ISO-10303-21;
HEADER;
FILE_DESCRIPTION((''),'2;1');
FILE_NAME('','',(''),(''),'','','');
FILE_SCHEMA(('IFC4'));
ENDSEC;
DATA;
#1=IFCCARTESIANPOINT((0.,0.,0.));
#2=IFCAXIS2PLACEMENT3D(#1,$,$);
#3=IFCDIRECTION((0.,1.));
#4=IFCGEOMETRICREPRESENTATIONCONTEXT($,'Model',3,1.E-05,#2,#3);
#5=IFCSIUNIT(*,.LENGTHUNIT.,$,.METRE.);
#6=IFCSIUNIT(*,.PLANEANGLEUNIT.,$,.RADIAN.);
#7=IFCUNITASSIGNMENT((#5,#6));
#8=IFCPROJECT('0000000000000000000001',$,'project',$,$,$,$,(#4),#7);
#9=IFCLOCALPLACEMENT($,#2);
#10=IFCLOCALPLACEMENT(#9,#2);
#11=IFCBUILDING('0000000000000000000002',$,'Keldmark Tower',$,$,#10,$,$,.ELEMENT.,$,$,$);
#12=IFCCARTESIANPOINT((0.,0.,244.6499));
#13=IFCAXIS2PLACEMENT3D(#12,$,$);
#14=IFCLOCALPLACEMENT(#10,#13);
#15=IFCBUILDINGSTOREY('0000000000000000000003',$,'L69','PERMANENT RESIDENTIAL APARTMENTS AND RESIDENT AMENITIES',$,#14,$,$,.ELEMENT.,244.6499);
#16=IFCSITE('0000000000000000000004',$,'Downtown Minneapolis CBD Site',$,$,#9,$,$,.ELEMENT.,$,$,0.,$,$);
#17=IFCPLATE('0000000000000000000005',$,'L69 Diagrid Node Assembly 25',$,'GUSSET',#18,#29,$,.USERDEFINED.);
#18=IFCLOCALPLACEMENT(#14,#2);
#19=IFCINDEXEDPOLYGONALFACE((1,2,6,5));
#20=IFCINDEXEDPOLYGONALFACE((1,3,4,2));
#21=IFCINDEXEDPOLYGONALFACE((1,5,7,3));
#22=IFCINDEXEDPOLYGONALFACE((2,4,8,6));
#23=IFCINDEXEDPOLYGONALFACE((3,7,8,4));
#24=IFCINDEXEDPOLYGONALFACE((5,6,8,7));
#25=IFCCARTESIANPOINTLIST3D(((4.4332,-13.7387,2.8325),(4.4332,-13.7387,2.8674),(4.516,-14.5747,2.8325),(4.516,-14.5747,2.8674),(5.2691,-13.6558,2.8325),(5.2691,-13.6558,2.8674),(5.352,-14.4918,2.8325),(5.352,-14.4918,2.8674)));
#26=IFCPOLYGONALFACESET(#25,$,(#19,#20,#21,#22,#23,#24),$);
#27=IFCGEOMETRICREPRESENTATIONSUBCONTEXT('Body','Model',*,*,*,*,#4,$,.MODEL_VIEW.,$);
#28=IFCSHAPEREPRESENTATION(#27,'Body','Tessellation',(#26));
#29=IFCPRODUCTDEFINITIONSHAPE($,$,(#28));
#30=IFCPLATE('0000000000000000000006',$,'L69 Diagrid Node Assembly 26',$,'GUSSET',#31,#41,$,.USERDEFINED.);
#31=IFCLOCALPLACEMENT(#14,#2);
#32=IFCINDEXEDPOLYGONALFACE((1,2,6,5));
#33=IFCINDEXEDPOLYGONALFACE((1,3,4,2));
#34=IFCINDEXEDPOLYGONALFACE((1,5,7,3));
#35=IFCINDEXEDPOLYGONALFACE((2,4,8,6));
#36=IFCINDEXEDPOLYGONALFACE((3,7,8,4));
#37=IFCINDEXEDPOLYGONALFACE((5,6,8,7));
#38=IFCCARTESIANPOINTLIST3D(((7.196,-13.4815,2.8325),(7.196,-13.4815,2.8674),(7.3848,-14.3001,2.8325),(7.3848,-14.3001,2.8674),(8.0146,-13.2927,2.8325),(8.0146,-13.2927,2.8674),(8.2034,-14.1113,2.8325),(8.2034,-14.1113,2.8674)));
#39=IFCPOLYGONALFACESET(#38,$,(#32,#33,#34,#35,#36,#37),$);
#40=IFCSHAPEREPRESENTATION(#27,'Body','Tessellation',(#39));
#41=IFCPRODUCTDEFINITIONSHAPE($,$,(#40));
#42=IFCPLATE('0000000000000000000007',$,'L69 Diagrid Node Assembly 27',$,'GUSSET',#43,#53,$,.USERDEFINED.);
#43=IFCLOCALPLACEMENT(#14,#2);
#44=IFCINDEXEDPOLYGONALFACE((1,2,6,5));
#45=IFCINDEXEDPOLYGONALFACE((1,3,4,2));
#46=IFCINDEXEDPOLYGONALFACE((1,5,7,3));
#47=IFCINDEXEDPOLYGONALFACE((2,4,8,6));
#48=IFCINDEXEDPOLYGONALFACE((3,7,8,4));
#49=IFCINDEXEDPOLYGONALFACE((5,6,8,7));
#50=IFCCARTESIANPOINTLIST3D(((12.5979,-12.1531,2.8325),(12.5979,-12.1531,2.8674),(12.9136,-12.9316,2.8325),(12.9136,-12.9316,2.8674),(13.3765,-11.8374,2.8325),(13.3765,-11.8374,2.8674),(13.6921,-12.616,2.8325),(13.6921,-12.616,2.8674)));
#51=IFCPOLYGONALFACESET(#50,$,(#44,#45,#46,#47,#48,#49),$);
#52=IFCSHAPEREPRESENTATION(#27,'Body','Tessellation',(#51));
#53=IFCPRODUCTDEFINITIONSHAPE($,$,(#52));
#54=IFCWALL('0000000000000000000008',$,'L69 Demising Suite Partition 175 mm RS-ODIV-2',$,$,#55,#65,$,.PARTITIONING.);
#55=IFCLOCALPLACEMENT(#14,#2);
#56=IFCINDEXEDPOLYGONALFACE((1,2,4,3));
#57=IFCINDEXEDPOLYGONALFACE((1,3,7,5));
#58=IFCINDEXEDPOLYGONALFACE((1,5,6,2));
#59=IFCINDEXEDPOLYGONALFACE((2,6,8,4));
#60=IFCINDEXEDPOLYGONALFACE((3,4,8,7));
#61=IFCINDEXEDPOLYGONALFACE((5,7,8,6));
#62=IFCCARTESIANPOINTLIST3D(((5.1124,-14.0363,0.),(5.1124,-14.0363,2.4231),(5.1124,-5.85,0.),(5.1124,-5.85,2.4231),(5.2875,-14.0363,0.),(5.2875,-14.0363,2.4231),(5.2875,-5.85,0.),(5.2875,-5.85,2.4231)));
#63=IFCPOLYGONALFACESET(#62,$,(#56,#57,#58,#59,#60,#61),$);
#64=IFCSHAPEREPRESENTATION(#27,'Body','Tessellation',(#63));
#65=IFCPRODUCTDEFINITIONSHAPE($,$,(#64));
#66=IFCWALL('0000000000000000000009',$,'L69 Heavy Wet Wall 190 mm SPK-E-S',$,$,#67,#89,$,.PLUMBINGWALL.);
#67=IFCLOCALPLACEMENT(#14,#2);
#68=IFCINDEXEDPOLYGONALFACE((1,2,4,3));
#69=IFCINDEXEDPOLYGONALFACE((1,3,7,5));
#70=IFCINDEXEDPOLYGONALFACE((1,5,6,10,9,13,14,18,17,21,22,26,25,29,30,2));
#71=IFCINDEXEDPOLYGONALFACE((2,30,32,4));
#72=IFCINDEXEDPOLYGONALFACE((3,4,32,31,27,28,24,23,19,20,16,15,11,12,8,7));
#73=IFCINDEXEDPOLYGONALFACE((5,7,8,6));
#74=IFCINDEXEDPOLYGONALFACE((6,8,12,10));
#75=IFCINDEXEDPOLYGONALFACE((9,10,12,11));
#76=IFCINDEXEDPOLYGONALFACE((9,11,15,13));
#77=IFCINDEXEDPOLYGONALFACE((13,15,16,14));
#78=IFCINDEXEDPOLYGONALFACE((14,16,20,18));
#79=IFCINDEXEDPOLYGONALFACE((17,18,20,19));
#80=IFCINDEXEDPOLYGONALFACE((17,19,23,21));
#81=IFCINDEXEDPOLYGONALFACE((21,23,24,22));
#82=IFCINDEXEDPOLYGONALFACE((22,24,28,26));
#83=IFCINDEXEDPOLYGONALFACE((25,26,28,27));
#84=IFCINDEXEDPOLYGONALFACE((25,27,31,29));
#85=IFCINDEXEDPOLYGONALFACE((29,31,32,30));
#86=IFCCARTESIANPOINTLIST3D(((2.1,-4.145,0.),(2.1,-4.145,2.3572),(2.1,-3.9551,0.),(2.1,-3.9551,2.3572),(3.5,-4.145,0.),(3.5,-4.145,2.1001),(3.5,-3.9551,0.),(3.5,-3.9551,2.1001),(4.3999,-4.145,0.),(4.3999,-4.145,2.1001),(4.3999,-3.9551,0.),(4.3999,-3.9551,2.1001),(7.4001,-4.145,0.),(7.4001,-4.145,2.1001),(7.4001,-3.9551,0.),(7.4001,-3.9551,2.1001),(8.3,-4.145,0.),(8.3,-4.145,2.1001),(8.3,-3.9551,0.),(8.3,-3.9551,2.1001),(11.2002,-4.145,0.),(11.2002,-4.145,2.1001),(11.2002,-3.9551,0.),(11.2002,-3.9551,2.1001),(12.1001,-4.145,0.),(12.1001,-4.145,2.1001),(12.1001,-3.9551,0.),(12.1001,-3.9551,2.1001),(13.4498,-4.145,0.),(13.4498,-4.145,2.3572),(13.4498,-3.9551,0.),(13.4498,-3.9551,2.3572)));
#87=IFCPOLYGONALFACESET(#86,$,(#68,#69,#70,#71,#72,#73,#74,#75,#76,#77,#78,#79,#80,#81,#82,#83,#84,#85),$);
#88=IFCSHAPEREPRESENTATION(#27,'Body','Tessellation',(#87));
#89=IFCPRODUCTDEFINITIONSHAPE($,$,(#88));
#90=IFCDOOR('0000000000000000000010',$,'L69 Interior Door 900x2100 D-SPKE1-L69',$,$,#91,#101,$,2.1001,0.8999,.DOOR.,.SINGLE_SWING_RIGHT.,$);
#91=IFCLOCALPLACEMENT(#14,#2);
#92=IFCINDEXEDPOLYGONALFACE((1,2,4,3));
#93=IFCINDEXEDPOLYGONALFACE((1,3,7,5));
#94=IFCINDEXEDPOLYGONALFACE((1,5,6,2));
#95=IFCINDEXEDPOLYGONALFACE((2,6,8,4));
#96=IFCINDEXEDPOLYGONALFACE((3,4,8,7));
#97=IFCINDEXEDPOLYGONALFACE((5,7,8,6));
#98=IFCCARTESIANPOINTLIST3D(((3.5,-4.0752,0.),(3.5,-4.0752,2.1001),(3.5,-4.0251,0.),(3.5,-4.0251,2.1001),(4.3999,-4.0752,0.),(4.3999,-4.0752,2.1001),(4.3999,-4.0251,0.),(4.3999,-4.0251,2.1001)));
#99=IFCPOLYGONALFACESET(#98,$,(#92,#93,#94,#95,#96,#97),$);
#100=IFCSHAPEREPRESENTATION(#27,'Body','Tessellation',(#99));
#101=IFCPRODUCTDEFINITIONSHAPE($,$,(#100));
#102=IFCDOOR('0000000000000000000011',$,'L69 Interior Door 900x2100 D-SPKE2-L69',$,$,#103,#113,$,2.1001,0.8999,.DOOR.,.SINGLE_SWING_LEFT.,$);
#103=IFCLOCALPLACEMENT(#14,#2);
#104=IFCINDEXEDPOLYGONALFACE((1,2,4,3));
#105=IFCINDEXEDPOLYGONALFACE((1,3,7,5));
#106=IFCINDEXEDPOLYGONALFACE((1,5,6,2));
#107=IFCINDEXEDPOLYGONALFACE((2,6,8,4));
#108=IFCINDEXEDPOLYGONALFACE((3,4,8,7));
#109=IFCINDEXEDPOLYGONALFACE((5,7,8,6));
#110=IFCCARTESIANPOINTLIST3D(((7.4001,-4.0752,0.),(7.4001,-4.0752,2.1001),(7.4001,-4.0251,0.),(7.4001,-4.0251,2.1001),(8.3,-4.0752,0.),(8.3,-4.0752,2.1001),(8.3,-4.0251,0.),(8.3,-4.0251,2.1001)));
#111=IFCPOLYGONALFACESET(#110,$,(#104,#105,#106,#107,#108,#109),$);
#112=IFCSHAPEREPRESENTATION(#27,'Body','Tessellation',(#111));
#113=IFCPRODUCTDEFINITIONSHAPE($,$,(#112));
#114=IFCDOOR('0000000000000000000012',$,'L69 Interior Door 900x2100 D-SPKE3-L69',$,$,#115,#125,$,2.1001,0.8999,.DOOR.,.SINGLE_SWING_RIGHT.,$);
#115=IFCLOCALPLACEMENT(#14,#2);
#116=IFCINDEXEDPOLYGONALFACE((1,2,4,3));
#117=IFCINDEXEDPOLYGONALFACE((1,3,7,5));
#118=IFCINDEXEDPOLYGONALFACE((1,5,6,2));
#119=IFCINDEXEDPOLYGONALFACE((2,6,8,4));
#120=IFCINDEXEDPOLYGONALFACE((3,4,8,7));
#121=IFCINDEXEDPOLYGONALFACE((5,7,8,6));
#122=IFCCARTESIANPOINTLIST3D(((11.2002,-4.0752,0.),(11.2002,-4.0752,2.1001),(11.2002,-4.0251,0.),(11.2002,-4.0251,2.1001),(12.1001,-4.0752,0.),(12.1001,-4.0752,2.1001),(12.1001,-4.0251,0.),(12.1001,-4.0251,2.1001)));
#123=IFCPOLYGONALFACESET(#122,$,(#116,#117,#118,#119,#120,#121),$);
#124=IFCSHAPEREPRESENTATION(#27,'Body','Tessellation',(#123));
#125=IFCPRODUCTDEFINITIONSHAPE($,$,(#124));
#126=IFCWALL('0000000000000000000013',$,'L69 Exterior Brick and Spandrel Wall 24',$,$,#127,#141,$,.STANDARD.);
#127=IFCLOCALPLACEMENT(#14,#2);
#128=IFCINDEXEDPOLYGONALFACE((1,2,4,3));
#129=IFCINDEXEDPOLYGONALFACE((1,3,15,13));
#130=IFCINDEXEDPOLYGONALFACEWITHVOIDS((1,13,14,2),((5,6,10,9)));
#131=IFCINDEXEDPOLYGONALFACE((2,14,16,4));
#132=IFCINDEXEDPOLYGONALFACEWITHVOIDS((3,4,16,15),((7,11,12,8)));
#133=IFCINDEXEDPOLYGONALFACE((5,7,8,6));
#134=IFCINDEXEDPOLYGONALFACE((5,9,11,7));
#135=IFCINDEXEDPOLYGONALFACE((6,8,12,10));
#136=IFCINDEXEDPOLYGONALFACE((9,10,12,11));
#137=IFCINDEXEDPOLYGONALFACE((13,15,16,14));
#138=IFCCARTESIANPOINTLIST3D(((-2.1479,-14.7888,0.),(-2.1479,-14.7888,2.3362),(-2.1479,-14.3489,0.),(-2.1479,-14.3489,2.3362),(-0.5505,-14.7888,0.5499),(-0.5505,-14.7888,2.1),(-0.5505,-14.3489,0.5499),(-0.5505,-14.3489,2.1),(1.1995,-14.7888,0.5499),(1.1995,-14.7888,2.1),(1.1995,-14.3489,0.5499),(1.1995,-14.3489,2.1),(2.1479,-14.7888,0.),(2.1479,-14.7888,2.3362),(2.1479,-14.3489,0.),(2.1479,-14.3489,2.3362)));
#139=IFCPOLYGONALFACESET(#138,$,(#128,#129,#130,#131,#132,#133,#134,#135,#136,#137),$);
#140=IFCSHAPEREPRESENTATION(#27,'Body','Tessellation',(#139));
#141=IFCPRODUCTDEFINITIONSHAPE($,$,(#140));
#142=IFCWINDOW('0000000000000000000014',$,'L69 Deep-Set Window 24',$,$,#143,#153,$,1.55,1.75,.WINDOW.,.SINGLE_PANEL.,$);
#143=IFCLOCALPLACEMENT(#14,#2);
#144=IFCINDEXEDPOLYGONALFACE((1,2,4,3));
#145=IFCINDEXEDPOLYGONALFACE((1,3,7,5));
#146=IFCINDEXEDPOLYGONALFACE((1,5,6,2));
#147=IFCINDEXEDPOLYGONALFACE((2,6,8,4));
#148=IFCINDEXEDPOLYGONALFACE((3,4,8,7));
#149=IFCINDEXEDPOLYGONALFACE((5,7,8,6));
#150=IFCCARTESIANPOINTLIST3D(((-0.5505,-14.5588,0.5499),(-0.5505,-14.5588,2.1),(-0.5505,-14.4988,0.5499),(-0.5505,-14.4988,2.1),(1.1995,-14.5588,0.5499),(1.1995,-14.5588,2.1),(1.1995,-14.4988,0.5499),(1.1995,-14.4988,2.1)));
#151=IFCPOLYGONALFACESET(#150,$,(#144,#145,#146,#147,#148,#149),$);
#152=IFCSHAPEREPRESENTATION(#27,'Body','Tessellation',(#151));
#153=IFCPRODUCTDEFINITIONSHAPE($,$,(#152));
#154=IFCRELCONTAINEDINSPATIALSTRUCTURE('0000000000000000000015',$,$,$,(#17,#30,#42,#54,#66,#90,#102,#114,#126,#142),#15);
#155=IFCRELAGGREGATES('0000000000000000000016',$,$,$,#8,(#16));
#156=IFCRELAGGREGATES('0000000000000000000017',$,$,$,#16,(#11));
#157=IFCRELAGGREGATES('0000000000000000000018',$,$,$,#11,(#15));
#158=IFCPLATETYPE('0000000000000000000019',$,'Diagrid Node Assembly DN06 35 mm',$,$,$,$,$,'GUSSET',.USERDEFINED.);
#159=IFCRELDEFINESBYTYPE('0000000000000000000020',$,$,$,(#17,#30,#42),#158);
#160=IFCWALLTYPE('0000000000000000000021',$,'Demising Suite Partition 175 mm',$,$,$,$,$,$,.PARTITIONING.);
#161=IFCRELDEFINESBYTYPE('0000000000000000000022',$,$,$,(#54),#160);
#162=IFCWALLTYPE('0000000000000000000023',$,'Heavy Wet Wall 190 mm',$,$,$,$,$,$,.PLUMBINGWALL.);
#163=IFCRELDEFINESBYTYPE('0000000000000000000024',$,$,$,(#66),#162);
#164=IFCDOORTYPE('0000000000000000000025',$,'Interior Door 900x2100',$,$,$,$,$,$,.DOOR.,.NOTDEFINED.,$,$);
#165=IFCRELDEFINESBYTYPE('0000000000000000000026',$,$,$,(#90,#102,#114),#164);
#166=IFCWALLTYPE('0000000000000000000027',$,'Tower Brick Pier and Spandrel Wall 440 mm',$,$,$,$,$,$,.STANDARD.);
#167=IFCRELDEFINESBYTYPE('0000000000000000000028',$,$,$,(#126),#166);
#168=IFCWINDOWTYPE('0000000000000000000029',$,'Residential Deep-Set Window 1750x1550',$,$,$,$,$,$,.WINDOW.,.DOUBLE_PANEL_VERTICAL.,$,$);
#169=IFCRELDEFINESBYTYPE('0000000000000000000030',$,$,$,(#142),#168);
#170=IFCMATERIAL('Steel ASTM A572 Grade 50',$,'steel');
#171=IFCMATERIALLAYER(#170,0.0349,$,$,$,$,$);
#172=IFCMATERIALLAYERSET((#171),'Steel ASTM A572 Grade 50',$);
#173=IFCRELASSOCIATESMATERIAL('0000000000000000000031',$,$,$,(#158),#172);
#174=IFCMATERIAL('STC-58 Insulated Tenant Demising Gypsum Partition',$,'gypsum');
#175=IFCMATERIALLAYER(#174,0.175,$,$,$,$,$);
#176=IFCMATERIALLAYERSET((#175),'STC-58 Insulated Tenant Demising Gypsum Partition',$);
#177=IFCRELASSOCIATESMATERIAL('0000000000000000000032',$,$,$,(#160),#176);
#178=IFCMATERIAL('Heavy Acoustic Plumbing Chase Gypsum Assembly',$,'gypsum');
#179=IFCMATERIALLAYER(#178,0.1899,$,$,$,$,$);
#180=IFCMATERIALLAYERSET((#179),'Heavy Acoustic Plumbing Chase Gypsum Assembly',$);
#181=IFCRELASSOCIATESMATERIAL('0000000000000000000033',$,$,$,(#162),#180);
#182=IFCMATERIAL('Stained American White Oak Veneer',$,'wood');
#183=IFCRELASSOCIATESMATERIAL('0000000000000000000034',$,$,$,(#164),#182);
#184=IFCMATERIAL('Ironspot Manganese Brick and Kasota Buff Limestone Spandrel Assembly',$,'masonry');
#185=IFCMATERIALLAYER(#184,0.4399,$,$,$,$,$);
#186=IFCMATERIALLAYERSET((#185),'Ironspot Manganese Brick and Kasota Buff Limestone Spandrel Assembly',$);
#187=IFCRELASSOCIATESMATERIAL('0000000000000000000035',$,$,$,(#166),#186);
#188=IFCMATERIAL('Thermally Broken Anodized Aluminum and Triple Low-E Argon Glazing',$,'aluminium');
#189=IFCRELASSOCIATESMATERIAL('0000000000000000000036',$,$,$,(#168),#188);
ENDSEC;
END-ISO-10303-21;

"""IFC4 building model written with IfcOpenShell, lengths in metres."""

from ifc_helpers import new_model, si_unit, direction, frame, frame_2d, origin, origin_2d, place, context, subcontext, project, spatial, rectangle, extrude, material, layer, layer_set, type_object, element, fill, save


model = new_model("IFC4")

# Units and contexts
model_context = context("Model", 3, precision=1e-05, world=origin(), true_north=direction((0.0, 1.0)))
body_context = subcontext(model_context, "Body", "Model", "MODEL_VIEW")
ifc_project = project(units=[si_unit("LENGTHUNIT", "METRE"), si_unit("PLANEANGLEUNIT", "RADIAN")], contexts=[model_context])

# Site, building, storey
site_placement = place(None, origin())
site = spatial("IfcSite", under=ifc_project, at=site_placement, Name="Downtown Minneapolis CBD Site", CompositionType="ELEMENT", RefElevation=0.0)
building_placement = place(site_placement, origin())
building = spatial("IfcBuilding", under=site, at=building_placement, Name="Keldmark Tower", CompositionType="ELEMENT")
storey_placement = place(building_placement, frame((0.0, 0.0, 244.6499)))
storey = spatial("IfcBuildingStorey", under=building, at=storey_placement, Name="L69", Description="PERMANENT RESIDENTIAL APARTMENTS AND RESIDENT AMENITIES", CompositionType="ELEMENT", Elevation=244.6499)

# Plates
ifc_material_1 = material(Name="Steel ASTM A572 Grade 50", Category="steel")
ifc_layer_1 = layer(ifc_material_1, 0.0349)
ifc_layer_set_1 = layer_set([ifc_layer_1], Name="Steel ASTM A572 Grade 50")
plate_type = type_object("IfcPlateType", Name="Diagrid Node Assembly DN06 35 mm", ElementType="GUSSET", PredefinedType="USERDEFINED", material=ifc_layer_set_1)
for number, where, z_axis, x_axis, name in (
    (1, (4.8926, -14.1152, 2.8325), (0.0, 0.0, 1.0), (0.995125, 0.098625, 0.0), "L69 Diagrid Node Assembly 25"),
    (2, (7.6997, -13.7964, 2.8325), (0.0, 0.0, 1.0), (0.974409, 0.224781, 0.0), "L69 Diagrid Node Assembly 26"),
    (3, (13.145, -12.3845, 2.8325), (0.0, 0.0, 1.0), (0.926725, 0.375739, 0.0), "L69 Diagrid Node Assembly 27"),
):
    element("IfcPlate", number, at=place(storey_placement, frame(where, z_axis=z_axis, x_axis=x_axis)), inside=storey, type_object=plate_type, Name=name, ObjectType="GUSSET", PredefinedType="USERDEFINED", context=body_context, shape_type="SweptSolid", body=[
        extrude(rectangle(XDim=0.8401, YDim=0.8401, at=origin_2d()), origin(), (0.0, 0.0, 1.0), 0.0349),
    ])

# Wall
ifc_material_2 = material(Name="STC-58 Insulated Tenant Demising Gypsum Partition", Category="gypsum")
ifc_layer_2 = layer(ifc_material_2, 0.175)
ifc_layer_set_2 = layer_set([ifc_layer_2], Name="STC-58 Insulated Tenant Demising Gypsum Partition")
wall_type_1 = type_object("IfcWallType", Name="Demising Suite Partition 175 mm", PredefinedType="PARTITIONING", material=ifc_layer_set_2)
wall_1_placement = place(storey_placement, frame((5.2, -14.0364, 0.0), z_axis=(0.0, 0.0, 1.0), x_axis=(0.0, 1.0, 0.0)))
element("IfcWall", 4, at=wall_1_placement, inside=storey, type_object=wall_type_1, Name="L69 Demising Suite Partition 175 mm RS-ODIV-2", PredefinedType="PARTITIONING", context=body_context, shape_type="SweptSolid", body=[
    extrude(rectangle(XDim=8.1863, YDim=0.175, at=frame_2d((4.0933, 0.0))), origin(), (0.0, 0.0, 1.0), 2.4231),
])

# Wall, openings, doors
ifc_material_3 = material(Name="Heavy Acoustic Plumbing Chase Gypsum Assembly", Category="gypsum")
ifc_layer_3 = layer(ifc_material_3, 0.1899)
ifc_layer_set_3 = layer_set([ifc_layer_3], Name="Heavy Acoustic Plumbing Chase Gypsum Assembly")
wall_type_2 = type_object("IfcWallType", Name="Heavy Wet Wall 190 mm", PredefinedType="PLUMBINGWALL", material=ifc_layer_set_3)
wall_2_placement = place(storey_placement, frame((2.1001, -4.05, 0.0), z_axis=(0.0, 0.0, 1.0), x_axis=(1.0, 0.0, 0.0)))
wall_2 = element("IfcWall", 5, at=wall_2_placement, inside=storey, type_object=wall_type_2, Name="L69 Heavy Wet Wall 190 mm SPK-E-S", PredefinedType="PLUMBINGWALL", context=body_context, shape_type="SweptSolid", body=[
    extrude(rectangle(XDim=11.3499, YDim=0.1899, at=frame_2d((5.6748, 0.0))), origin(), (0.0, 0.0, 1.0), 2.3572),
])
opening_1_placement = place(wall_2_placement, frame((1.3999, 0.0, 0.0)))
opening_1 = element("IfcOpeningElement", 6, at=opening_1_placement, cuts=wall_2, PredefinedType="OPENING", context=body_context, shape_type="SweptSolid", body=[
    extrude(rectangle(XDim=0.8999, YDim=2.1001, at=frame_2d((0.45, 1.05))), frame((0.0, 0.105, 0.0), z_axis=(0.0, -1.0, 0.0), x_axis=(1.0, 0.0, 0.0)), (0.0, 0.0, 1.0), 0.21),
])
opening_2_placement = place(wall_2_placement, frame((5.3, 0.0, 0.0)))
opening_2 = element("IfcOpeningElement", 7, at=opening_2_placement, cuts=wall_2, PredefinedType="OPENING", context=body_context, shape_type="SweptSolid", body=[
    extrude(rectangle(XDim=0.8999, YDim=2.1001, at=frame_2d((0.45, 1.05))), frame((0.0, 0.105, 0.0), z_axis=(0.0, -1.0, 0.0), x_axis=(1.0, 0.0, 0.0)), (0.0, 0.0, 1.0), 0.21),
])
opening_3_placement = place(wall_2_placement, frame((9.1001, 0.0, 0.0)))
opening_3 = element("IfcOpeningElement", 8, at=opening_3_placement, cuts=wall_2, PredefinedType="OPENING", context=body_context, shape_type="SweptSolid", body=[
    extrude(rectangle(XDim=0.8999, YDim=2.1001, at=frame_2d((0.45, 1.05))), frame((0.0, 0.105, 0.0), z_axis=(0.0, -1.0, 0.0), x_axis=(1.0, 0.0, 0.0)), (0.0, 0.0, 1.0), 0.21),
])
ifc_material_4 = material(Name="Stained American White Oak Veneer", Category="wood")
door_type = type_object("IfcDoorType", Name="Interior Door 900x2100", OperationType="NOTDEFINED", PredefinedType="DOOR", material=ifc_material_4)
door_1_placement = place(opening_1_placement, origin())
door_1 = element("IfcDoor", 9, at=door_1_placement, inside=storey, type_object=door_type, Name="L69 Interior Door 900x2100 D-SPKE1-L69", OperationType="SINGLE_SWING_RIGHT", OverallHeight=2.1001, OverallWidth=0.8999, PredefinedType="DOOR", context=body_context, shape_type="SweptSolid", body=[
    extrude(rectangle(XDim=0.8999, YDim=2.1001, at=frame_2d((0.45, 1.05))), frame((0.0, 0.0249, 0.0), z_axis=(0.0, -1.0, 0.0), x_axis=(1.0, 0.0, 0.0)), (0.0, 0.0, 1.0), 0.05),
])
fill(opening_1, door_1)
door_2_placement = place(opening_2_placement, origin())
door_2 = element("IfcDoor", 10, at=door_2_placement, inside=storey, type_object=door_type, Name="L69 Interior Door 900x2100 D-SPKE2-L69", OperationType="SINGLE_SWING_LEFT", OverallHeight=2.1001, OverallWidth=0.8999, PredefinedType="DOOR", context=body_context, shape_type="SweptSolid", body=[
    extrude(rectangle(XDim=0.8999, YDim=2.1001, at=frame_2d((0.45, 1.05))), frame((0.0, 0.0249, 0.0), z_axis=(0.0, -1.0, 0.0), x_axis=(1.0, 0.0, 0.0)), (0.0, 0.0, 1.0), 0.05),
])
fill(opening_2, door_2)
door_3_placement = place(opening_3_placement, origin())
door_3 = element("IfcDoor", 11, at=door_3_placement, inside=storey, type_object=door_type, Name="L69 Interior Door 900x2100 D-SPKE3-L69", OperationType="SINGLE_SWING_RIGHT", OverallHeight=2.1001, OverallWidth=0.8999, PredefinedType="DOOR", context=body_context, shape_type="SweptSolid", body=[
    extrude(rectangle(XDim=0.8999, YDim=2.1001, at=frame_2d((0.45, 1.05))), frame((0.0, 0.0249, 0.0), z_axis=(0.0, -1.0, 0.0), x_axis=(1.0, 0.0, 0.0)), (0.0, 0.0, 1.0), 0.05),
])
fill(opening_3, door_3)

# Wall, opening, window
ifc_material_5 = material(Name="Ironspot Manganese Brick and Kasota Buff Limestone Spandrel Assembly", Category="masonry")
ifc_layer_4 = layer(ifc_material_5, 0.4399)
ifc_layer_set_4 = layer_set([ifc_layer_4], Name="Ironspot Manganese Brick and Kasota Buff Limestone Spandrel Assembly")
wall_type_3 = type_object("IfcWallType", Name="Tower Brick Pier and Spandrel Wall 440 mm", PredefinedType="STANDARD", material=ifc_layer_set_4)
wall_3_placement = place(storey_placement, frame((2.1479, -14.5688, 0.0), z_axis=(0.0, 0.0, 1.0), x_axis=(-1.0, 0.0, 0.0)))
wall_3 = element("IfcWall", 12, at=wall_3_placement, inside=storey, type_object=wall_type_3, Name="L69 Exterior Brick and Spandrel Wall 24", PredefinedType="STANDARD", context=body_context, shape_type="SweptSolid", body=[
    extrude(rectangle(XDim=4.2959, YDim=0.4399, at=frame_2d((2.1479, 0.0))), origin(), (0.0, 0.0, 1.0), 2.3362),
])
opening_4_placement = place(wall_3_placement, frame((0.9485, 0.0, 0.55)))
opening_4 = element("IfcOpeningElement", 13, at=opening_4_placement, cuts=wall_3, PredefinedType="OPENING", context=body_context, shape_type="SweptSolid", body=[
    extrude(rectangle(XDim=1.75, YDim=1.55, at=frame_2d((0.875, 0.7749))), frame((0.0, 0.23, 0.0), z_axis=(0.0, -1.0, 0.0), x_axis=(1.0, 0.0, 0.0)), (0.0, 0.0, 1.0), 0.46),
])
ifc_material_6 = material(Name="Thermally Broken Anodized Aluminum and Triple Low-E Argon Glazing", Category="aluminium")
window_type_1 = type_object("IfcWindowType", Name="Residential Deep-Set Window 1750x1550", PartitioningType="DOUBLE_PANEL_VERTICAL", PredefinedType="WINDOW", material=ifc_material_6)
window_1_placement = place(opening_4_placement, origin())
window_1 = element("IfcWindow", 14, at=window_1_placement, inside=storey, type_object=window_type_1, Name="L69 Deep-Set Window 24", OverallHeight=1.55, OverallWidth=1.75, PartitioningType="SINGLE_PANEL", PredefinedType="WINDOW", context=body_context, shape_type="SweptSolid", body=[
    extrude(rectangle(XDim=1.75, YDim=1.55, at=frame_2d((0.875, 0.7749))), frame((0.0, -0.01, 0.0), z_axis=(0.0, -1.0, 0.0), x_axis=(1.0, 0.0, 0.0)), (0.0, 0.0, 1.0), 0.0601),
])
fill(opening_4, window_1)

save(model, "model.ifc")
